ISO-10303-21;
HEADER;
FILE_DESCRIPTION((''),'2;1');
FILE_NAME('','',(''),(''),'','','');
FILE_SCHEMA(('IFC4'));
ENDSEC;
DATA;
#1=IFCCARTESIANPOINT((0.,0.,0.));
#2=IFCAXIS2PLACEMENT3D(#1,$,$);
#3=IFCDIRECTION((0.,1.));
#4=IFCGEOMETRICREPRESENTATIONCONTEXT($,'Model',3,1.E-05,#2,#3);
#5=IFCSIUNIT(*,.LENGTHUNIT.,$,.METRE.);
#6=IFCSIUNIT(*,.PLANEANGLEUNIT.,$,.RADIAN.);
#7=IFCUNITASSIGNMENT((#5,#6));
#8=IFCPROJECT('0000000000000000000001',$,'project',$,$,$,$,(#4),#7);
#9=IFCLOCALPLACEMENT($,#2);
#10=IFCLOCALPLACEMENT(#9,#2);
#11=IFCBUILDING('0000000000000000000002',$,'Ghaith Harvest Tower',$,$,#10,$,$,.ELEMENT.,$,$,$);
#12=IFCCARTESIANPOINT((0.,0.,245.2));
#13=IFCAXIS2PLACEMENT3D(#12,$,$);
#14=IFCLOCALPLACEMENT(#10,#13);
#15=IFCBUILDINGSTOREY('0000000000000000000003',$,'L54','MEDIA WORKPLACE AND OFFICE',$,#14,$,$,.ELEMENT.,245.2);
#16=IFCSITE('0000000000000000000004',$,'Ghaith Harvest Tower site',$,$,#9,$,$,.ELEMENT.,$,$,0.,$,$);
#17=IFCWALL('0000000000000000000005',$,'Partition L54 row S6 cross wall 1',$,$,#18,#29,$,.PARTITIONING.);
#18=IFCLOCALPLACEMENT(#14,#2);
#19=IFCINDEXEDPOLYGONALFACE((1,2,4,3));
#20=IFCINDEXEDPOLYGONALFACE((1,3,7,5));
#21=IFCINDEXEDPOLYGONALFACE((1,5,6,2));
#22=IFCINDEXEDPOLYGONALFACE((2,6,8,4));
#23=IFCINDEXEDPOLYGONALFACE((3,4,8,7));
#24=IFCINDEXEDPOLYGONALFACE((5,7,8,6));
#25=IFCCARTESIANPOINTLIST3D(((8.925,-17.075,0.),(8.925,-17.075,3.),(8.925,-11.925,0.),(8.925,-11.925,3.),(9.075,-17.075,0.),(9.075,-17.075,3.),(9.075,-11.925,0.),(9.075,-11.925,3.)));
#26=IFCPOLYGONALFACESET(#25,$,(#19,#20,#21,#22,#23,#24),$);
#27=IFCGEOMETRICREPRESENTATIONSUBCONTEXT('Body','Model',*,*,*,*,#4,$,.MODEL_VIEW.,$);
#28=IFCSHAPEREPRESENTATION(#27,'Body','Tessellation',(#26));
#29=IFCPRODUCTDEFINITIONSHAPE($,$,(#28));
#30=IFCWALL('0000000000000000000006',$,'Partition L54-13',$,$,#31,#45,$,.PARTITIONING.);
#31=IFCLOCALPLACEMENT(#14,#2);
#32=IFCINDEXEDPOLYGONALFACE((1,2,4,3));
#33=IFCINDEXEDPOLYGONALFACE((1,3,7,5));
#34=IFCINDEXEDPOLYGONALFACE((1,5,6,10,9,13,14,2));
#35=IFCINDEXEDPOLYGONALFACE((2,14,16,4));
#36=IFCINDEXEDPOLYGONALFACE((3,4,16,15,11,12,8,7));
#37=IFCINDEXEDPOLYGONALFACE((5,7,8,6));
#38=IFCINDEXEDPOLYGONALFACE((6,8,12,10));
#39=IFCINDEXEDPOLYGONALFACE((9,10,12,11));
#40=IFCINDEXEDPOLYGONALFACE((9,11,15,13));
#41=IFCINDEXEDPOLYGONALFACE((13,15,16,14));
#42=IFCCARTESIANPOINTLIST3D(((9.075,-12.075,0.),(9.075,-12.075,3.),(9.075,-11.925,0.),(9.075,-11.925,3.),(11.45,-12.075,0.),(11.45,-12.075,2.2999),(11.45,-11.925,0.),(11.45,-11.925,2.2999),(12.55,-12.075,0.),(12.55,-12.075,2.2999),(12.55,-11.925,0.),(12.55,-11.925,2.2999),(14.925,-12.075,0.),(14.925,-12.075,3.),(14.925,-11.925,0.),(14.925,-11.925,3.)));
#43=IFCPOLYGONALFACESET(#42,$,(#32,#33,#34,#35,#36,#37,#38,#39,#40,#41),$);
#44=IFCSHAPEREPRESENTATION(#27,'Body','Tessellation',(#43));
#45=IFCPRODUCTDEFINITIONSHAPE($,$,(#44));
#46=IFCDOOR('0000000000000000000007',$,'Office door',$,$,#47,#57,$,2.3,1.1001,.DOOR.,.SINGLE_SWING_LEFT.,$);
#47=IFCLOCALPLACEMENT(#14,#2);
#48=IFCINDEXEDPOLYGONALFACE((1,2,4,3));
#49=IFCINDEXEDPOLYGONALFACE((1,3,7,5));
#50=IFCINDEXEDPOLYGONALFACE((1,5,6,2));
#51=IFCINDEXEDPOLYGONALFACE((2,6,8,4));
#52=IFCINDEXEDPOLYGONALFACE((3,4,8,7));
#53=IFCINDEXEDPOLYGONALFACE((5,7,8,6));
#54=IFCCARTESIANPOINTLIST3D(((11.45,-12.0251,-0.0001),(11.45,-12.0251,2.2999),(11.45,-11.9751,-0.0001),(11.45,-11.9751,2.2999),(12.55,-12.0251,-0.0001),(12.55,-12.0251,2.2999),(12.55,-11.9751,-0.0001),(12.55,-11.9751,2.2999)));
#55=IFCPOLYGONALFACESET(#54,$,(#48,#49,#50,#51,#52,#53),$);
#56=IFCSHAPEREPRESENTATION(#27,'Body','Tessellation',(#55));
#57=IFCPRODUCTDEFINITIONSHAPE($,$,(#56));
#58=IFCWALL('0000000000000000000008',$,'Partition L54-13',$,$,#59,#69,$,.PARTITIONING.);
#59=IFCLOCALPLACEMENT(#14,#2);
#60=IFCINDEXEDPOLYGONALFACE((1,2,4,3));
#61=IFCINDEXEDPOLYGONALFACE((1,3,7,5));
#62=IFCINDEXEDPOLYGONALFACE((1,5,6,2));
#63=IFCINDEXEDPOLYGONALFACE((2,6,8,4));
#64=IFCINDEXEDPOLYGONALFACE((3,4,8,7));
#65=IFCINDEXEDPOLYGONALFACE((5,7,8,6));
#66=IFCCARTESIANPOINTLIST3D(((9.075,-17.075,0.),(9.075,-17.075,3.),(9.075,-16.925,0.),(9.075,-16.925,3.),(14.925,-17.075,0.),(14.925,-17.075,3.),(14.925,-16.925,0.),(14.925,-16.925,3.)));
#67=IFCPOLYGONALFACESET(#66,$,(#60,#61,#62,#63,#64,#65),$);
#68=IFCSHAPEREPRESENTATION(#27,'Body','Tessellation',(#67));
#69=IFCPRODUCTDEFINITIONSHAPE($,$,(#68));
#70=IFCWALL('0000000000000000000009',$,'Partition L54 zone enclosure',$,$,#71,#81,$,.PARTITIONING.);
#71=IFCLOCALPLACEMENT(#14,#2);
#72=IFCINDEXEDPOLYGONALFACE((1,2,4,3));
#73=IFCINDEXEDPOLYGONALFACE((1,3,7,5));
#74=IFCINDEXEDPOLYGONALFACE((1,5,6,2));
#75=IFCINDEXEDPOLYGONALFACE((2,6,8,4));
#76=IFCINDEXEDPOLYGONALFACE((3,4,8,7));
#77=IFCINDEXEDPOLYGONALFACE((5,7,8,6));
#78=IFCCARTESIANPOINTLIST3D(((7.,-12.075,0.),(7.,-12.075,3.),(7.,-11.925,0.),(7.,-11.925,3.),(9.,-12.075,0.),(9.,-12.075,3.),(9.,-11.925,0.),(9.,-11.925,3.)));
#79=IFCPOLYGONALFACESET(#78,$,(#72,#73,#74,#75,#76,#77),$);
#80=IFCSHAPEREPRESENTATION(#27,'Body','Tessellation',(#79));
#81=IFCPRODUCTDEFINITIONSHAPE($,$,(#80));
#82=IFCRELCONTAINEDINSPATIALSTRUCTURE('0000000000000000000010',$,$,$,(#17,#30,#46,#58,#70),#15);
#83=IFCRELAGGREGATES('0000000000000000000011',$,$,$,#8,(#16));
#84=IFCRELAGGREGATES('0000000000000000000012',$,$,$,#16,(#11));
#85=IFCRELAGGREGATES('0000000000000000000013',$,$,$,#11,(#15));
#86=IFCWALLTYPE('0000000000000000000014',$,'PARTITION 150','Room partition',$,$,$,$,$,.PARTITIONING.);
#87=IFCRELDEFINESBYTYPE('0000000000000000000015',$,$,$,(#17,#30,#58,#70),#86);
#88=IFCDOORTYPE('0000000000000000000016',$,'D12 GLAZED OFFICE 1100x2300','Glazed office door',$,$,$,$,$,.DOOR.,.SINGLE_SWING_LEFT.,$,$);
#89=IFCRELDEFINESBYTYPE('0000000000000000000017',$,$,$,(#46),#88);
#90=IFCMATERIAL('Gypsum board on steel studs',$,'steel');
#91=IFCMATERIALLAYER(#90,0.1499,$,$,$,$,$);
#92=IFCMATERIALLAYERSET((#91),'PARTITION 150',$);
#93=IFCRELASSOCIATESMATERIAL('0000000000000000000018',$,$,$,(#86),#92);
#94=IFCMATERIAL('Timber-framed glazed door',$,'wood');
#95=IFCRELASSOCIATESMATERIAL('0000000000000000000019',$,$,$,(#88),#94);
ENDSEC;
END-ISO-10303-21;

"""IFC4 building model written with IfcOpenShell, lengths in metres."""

from ifc_helpers import new_model, si_unit, direction, frame, frame_2d, origin, place, context, subcontext, project, spatial, rectangle, extrude, material, layer, layer_set, type_object, element, fill, save


model = new_model("IFC4")

# Units and contexts
model_context = context("Model", 3, precision=1e-05, world=origin(), true_north=direction((0.0, 1.0)))
body_context = subcontext(model_context, "Body", "Model", "MODEL_VIEW")
ifc_project = project(units=[si_unit("LENGTHUNIT", "METRE"), si_unit("PLANEANGLEUNIT", "RADIAN")], contexts=[model_context])

# Site, building, storey
site_placement = place(None, origin())
site = spatial("IfcSite", under=ifc_project, at=site_placement, Name="Ghaith Harvest Tower site", CompositionType="ELEMENT", RefElevation=0.0)
building_placement = place(site_placement, origin())
building = spatial("IfcBuilding", under=site, at=building_placement, Name="Ghaith Harvest Tower", CompositionType="ELEMENT")
storey_placement = place(building_placement, frame((0.0, 0.0, 245.2)))
storey = spatial("IfcBuildingStorey", under=building, at=storey_placement, Name="L54", Description="MEDIA WORKPLACE AND OFFICE", CompositionType="ELEMENT", Elevation=245.2)

# Shared definitions
ifc_material_1 = material(Name="Gypsum board on steel studs", Category="steel")
ifc_layer_1 = layer(ifc_material_1, 0.1499)
ifc_layer_set_1 = layer_set([ifc_layer_1], Name="PARTITION 150")
wall_type_1 = type_object("IfcWallType", Name="PARTITION 150", Description="Room partition", PredefinedType="PARTITIONING", material=ifc_layer_set_1)

# Wall
wall_1_placement = place(storey_placement, frame((9.0, -11.925, 0.0), z_axis=(0.0, 0.0, 1.0), x_axis=(0.0, -1.0, 0.0)))
element("IfcWall", 1, at=wall_1_placement, inside=storey, type_object=wall_type_1, Name="Partition L54 row S6 cross wall 1", PredefinedType="PARTITIONING", context=body_context, shape_type="SweptSolid", body=[
    extrude(rectangle(XDim=5.1499, YDim=0.1499, at=frame_2d((2.575, 0.0))), origin(), (0.0, 0.0, 1.0), 3.0),
])

# Wall, opening, door
wall_2_placement = place(storey_placement, frame((9.075, -12.0, 0.0), z_axis=(0.0, 0.0, 1.0), x_axis=(1.0, 0.0, 0.0)))
wall_2 = element("IfcWall", 2, at=wall_2_placement, inside=storey, type_object=wall_type_1, Name="Partition L54-13", PredefinedType="PARTITIONING", context=body_context, shape_type="SweptSolid", body=[
    extrude(rectangle(XDim=5.8501, YDim=0.1499, at=frame_2d((2.925, 0.0))), origin(), (0.0, 0.0, 1.0), 3.0),
])
opening_1_placement = place(wall_2_placement, frame((2.375, 0.0, 0.0)))
opening_1 = element("IfcOpeningElement", 3, at=opening_1_placement, cuts=wall_2, PredefinedType="OPENING", context=body_context, shape_type="SweptSolid", body=[
    extrude(rectangle(XDim=1.1001, YDim=2.3, at=frame_2d((0.55, 1.1499))), frame((0.0, 0.085, 0.0), z_axis=(0.0, -1.0, 0.0), x_axis=(1.0, 0.0, 0.0)), (0.0, 0.0, 1.0), 0.1699),
])
ifc_material_2 = material(Name="Timber-framed glazed door", Category="wood")
door_type_1 = type_object("IfcDoorType", Name="D12 GLAZED OFFICE 1100x2300", Description="Glazed office door", OperationType="SINGLE_SWING_LEFT", PredefinedType="DOOR", material=ifc_material_2)
door_1_placement = place(opening_1_placement, origin())
door_1 = element("IfcDoor", 4, at=door_1_placement, inside=storey, type_object=door_type_1, Name="Office door", OperationType="SINGLE_SWING_LEFT", OverallHeight=2.3, OverallWidth=1.1001, PredefinedType="DOOR", context=body_context, shape_type="SweptSolid", body=[
    extrude(rectangle(XDim=1.1001, YDim=2.3, at=frame_2d((0.55, 1.1499))), frame((0.0, 0.0249, 0.0), z_axis=(0.0, -1.0, 0.0), x_axis=(1.0, 0.0, 0.0)), (0.0, 0.0, 1.0), 0.05),
])
fill(opening_1, door_1)

# Walls
wall_3_placement = place(storey_placement, frame((9.075, -17.0, 0.0), z_axis=(0.0, 0.0, 1.0), x_axis=(1.0, 0.0, 0.0)))
element("IfcWall", 5, at=wall_3_placement, inside=storey, type_object=wall_type_1, Name="Partition L54-13", PredefinedType="PARTITIONING", context=body_context, shape_type="SweptSolid", body=[
    extrude(rectangle(XDim=5.8501, YDim=0.1499, at=frame_2d((2.925, 0.0))), origin(), (0.0, 0.0, 1.0), 3.0),
])
wall_4_placement = place(storey_placement, frame((7.0, -12.0, 0.0), z_axis=(0.0, 0.0, 1.0), x_axis=(1.0, 0.0, 0.0)))
element("IfcWall", 6, at=wall_4_placement, inside=storey, type_object=wall_type_1, Name="Partition L54 zone enclosure", PredefinedType="PARTITIONING", context=body_context, shape_type="SweptSolid", body=[
    extrude(rectangle(XDim=2.0, YDim=0.1499, at=frame_2d((1.0, 0.0))), origin(), (0.0, 0.0, 1.0), 3.0),
])

save(model, "model.ifc")
